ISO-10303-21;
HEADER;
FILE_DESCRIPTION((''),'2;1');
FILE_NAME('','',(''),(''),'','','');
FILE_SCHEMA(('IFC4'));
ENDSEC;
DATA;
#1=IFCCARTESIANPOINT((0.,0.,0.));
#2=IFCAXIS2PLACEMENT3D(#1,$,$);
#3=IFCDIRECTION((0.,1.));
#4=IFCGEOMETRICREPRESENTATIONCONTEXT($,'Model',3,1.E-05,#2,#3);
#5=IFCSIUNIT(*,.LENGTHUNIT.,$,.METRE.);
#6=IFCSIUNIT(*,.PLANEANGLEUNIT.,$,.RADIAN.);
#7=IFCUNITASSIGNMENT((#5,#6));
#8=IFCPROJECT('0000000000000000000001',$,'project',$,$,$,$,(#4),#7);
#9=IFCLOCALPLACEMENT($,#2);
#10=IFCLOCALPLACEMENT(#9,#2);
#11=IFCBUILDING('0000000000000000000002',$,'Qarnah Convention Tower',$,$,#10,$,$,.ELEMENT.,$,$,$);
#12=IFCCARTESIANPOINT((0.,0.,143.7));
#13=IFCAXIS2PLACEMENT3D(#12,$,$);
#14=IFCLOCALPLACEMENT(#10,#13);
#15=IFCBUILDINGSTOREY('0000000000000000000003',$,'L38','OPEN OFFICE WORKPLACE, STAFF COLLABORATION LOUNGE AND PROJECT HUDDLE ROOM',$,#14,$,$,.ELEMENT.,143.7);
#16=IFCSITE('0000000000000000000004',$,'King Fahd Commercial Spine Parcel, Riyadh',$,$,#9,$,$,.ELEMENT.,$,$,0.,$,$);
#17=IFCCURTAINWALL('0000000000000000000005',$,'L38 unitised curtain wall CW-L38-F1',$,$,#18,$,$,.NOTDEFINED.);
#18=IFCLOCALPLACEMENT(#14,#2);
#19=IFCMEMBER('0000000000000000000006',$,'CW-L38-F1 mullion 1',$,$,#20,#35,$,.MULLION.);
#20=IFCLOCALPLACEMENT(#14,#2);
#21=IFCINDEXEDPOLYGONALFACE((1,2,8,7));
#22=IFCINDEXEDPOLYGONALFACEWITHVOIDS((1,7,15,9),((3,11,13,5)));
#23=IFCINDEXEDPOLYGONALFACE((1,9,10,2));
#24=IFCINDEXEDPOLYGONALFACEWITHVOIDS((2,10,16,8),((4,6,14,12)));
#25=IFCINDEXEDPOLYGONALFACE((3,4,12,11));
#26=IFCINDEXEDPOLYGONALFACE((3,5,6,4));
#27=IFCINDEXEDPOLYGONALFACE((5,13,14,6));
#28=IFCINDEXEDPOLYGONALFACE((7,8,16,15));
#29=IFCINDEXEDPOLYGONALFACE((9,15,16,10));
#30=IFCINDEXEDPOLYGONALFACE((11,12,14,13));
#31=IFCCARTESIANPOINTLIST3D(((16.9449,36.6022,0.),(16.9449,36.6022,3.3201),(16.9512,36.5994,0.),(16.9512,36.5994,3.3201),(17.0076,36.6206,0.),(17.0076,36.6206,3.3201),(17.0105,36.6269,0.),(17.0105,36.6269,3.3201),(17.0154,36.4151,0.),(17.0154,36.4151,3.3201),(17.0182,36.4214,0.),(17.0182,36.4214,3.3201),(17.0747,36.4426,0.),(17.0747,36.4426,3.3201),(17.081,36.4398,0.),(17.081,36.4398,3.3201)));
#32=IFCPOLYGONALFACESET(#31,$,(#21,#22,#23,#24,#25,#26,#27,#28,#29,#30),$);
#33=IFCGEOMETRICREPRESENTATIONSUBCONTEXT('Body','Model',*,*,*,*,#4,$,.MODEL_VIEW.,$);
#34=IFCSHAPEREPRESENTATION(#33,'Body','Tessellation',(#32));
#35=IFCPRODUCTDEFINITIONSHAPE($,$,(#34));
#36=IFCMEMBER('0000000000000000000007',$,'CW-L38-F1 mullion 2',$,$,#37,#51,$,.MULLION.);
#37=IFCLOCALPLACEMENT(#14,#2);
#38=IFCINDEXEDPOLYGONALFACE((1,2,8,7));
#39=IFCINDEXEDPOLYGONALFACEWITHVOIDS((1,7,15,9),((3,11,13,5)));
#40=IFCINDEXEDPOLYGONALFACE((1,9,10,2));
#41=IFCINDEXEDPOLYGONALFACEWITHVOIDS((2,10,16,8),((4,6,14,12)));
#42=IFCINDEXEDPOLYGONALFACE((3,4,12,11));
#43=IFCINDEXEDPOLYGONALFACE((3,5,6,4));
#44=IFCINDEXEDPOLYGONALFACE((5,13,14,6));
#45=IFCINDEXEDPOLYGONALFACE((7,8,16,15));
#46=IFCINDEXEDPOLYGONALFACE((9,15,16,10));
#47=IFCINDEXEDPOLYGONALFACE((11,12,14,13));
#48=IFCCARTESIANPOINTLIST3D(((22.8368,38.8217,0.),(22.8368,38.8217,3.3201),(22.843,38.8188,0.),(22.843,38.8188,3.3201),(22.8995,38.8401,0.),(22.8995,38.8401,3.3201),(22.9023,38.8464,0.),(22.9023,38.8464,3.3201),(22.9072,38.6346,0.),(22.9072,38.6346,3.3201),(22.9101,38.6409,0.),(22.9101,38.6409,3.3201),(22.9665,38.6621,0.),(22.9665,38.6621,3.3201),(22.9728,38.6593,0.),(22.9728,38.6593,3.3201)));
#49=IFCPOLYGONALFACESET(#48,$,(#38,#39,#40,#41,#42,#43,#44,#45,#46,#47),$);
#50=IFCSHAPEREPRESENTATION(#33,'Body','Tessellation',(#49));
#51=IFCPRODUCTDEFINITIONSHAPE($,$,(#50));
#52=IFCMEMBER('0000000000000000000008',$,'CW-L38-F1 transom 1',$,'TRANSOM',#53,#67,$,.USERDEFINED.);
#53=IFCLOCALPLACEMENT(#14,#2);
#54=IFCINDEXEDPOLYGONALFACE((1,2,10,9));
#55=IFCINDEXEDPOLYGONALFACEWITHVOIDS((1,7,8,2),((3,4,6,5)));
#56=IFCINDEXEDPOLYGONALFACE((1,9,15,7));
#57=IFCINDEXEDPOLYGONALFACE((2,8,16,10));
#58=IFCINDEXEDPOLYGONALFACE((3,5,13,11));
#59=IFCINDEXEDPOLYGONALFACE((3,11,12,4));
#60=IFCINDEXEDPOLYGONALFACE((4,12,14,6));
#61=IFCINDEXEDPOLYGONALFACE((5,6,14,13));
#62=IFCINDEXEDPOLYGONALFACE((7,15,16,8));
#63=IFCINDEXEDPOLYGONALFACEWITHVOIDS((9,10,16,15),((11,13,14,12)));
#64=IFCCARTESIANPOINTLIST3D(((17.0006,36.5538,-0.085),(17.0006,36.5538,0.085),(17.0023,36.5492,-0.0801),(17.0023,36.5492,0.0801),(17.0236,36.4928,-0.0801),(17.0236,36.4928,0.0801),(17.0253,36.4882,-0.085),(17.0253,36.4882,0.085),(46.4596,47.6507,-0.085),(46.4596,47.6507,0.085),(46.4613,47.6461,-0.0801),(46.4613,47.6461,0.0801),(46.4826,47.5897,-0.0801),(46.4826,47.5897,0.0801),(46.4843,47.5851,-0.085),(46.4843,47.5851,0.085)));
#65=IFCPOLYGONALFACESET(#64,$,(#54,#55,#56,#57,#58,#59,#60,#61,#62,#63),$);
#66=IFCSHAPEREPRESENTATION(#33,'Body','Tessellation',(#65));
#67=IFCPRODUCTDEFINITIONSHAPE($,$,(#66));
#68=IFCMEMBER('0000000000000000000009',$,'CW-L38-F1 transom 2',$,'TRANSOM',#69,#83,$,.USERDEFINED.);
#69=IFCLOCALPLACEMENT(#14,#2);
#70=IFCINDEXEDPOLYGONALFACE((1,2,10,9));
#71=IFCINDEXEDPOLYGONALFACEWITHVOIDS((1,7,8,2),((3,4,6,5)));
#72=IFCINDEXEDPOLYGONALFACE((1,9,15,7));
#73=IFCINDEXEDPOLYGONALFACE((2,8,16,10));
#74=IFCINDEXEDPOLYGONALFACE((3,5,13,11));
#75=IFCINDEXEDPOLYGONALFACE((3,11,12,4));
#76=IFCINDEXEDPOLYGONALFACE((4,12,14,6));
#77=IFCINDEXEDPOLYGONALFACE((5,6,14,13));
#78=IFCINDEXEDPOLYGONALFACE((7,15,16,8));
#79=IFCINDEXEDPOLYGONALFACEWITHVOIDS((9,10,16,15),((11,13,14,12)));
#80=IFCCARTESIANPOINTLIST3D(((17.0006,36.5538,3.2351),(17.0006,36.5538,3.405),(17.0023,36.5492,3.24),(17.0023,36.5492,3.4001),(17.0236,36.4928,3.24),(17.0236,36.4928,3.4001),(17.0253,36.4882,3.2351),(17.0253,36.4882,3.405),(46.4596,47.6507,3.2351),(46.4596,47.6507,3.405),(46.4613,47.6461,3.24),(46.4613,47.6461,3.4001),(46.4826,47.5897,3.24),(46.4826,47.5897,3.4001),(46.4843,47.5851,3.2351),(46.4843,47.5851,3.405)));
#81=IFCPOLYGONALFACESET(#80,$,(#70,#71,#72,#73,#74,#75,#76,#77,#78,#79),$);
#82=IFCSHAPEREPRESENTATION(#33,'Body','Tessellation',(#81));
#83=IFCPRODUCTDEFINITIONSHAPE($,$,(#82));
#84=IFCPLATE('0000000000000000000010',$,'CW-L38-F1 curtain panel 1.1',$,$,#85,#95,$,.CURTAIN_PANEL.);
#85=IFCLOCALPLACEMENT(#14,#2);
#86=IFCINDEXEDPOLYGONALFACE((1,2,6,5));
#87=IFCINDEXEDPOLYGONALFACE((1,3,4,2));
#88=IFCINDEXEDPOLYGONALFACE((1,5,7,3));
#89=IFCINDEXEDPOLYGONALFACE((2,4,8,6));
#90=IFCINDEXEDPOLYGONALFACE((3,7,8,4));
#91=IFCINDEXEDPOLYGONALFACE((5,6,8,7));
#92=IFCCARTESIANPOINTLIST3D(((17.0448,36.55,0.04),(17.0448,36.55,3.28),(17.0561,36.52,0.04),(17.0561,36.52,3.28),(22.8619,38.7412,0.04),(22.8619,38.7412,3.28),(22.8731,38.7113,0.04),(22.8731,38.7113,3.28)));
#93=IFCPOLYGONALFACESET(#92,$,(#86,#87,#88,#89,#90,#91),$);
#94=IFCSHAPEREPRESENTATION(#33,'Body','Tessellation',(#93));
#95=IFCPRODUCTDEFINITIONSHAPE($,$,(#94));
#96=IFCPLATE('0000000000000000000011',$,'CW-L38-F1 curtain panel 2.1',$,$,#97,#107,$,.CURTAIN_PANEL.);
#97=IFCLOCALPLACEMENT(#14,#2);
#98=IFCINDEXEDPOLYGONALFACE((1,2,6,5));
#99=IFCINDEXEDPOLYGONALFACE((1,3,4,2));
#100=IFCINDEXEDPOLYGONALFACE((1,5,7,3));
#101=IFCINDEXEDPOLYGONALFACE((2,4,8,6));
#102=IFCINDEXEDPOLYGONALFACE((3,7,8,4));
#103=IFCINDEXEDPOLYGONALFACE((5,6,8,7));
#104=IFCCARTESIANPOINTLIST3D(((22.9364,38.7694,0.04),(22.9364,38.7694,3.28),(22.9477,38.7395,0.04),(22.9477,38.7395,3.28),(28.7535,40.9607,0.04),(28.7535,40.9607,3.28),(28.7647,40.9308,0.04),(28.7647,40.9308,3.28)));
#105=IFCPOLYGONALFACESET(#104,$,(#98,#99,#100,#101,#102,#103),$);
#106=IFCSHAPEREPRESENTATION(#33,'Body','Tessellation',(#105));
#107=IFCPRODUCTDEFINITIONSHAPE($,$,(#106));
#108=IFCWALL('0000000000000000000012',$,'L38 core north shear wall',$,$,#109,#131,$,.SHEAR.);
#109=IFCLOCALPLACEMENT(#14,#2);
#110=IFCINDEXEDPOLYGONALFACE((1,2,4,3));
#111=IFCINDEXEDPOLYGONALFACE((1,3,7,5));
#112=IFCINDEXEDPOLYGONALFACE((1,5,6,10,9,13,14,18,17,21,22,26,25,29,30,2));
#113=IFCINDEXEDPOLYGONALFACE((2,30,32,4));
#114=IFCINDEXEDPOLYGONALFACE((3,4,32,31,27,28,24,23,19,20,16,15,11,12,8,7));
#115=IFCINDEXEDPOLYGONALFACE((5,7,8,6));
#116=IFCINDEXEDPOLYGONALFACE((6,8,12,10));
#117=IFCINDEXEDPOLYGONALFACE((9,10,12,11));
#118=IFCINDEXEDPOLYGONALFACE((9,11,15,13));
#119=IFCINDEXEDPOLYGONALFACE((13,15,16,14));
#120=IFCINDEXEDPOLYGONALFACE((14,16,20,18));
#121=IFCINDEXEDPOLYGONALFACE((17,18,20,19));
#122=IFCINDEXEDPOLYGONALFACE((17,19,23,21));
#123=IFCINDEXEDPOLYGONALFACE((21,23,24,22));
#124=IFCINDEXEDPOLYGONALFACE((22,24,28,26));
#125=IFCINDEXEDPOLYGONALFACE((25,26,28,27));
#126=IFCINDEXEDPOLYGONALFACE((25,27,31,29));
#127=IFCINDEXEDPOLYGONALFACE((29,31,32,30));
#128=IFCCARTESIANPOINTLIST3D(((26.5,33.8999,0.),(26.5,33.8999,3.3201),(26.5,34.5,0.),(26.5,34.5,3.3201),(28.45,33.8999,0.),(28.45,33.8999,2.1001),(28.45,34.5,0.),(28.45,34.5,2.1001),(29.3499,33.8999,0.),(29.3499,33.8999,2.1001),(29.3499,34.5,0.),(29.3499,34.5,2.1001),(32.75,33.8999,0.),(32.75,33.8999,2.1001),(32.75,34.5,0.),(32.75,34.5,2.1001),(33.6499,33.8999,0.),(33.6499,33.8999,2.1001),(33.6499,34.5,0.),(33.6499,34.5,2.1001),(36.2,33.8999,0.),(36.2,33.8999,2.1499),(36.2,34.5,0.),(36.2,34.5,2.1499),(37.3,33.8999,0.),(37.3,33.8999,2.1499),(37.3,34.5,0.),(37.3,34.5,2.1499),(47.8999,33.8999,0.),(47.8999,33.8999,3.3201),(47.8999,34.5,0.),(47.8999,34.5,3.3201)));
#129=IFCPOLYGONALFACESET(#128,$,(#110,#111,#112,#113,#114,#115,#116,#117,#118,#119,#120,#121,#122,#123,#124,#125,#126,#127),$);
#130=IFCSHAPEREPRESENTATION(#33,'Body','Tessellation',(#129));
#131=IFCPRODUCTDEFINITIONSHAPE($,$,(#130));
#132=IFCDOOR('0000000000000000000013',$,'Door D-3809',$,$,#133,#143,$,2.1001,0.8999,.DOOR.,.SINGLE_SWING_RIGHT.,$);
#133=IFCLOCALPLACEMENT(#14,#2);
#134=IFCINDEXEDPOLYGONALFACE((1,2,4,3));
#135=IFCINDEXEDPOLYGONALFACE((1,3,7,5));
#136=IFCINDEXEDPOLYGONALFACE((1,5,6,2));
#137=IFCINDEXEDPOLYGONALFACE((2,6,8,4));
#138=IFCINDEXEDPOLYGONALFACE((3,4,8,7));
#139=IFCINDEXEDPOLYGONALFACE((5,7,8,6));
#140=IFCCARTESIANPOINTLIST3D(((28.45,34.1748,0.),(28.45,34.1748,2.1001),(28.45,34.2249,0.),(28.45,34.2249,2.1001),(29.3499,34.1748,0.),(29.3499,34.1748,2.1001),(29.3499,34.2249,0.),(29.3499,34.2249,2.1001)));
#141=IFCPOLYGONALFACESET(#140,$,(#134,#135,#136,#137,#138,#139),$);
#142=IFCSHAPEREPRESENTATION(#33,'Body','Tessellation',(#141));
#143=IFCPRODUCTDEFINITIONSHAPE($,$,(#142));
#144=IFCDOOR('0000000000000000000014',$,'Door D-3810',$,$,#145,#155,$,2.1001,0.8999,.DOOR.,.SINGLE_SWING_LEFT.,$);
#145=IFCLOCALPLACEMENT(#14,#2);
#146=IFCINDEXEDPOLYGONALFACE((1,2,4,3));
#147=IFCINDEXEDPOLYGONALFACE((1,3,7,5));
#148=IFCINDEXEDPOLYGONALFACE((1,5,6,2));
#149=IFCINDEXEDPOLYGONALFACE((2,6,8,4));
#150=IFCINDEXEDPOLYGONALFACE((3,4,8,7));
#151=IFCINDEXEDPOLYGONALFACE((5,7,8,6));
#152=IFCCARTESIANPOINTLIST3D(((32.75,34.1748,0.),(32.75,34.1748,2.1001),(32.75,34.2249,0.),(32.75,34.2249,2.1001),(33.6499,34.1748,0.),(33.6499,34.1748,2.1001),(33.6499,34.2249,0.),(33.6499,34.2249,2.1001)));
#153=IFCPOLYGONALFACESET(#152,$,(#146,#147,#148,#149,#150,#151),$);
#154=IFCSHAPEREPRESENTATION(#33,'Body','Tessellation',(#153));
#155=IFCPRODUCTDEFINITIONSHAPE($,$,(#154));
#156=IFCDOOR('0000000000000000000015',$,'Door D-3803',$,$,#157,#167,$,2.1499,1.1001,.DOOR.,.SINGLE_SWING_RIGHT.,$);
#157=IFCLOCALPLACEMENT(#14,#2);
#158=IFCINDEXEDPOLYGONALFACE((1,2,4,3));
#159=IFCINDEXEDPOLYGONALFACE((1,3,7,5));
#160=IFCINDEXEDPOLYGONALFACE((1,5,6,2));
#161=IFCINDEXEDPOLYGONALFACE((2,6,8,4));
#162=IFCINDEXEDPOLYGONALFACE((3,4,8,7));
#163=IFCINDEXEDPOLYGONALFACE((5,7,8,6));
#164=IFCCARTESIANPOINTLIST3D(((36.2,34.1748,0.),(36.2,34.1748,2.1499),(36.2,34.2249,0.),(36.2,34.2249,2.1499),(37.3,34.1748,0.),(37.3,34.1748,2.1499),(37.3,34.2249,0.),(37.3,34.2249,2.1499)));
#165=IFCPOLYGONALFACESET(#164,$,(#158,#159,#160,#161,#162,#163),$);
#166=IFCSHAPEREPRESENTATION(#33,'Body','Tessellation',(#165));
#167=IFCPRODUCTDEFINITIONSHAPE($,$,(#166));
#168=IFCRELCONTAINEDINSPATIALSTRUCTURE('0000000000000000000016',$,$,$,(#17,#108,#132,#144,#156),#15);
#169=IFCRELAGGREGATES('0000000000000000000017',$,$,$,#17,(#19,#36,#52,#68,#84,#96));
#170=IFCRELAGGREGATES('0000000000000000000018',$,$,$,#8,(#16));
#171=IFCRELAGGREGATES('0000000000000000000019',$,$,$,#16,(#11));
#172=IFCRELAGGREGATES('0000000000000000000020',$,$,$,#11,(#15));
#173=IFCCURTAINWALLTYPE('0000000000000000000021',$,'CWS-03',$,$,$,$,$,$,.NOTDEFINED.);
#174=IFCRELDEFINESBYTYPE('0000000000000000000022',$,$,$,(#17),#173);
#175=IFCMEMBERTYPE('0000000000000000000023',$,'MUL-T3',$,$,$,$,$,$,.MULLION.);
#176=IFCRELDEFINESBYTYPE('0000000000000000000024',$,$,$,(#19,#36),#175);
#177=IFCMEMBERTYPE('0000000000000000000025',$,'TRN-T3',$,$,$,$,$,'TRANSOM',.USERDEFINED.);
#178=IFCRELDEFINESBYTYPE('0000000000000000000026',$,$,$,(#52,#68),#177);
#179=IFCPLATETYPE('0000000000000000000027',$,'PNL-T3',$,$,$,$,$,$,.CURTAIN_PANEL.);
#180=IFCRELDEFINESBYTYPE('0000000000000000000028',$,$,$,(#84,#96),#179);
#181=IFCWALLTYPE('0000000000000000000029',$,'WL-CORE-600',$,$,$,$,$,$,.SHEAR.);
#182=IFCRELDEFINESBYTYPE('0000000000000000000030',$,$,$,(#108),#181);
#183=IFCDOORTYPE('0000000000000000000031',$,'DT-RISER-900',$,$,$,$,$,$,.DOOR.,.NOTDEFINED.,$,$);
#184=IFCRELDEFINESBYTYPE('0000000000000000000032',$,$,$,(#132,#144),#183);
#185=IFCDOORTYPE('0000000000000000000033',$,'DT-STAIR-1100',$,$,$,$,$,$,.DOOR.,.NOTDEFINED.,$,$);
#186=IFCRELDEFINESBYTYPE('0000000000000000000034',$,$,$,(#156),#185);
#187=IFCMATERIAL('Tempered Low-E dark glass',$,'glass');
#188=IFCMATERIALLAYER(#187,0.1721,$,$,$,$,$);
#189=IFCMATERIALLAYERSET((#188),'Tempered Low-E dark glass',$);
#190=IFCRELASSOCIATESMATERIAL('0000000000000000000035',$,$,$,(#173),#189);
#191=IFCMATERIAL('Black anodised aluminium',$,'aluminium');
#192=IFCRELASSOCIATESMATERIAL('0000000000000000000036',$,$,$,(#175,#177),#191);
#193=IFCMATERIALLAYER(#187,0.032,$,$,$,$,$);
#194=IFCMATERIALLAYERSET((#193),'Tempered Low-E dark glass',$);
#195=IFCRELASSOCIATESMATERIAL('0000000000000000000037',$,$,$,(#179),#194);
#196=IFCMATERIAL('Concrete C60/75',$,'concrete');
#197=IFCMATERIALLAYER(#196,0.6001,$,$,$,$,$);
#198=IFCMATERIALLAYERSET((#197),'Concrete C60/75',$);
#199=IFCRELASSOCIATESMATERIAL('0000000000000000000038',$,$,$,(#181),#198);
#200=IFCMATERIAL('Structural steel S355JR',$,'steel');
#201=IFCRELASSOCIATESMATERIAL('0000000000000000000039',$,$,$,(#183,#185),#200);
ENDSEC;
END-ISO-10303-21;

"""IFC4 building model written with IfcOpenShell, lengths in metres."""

from ifc_helpers import new_model, si_unit, direction, frame, frame_2d, origin, origin_2d, place, context, subcontext, project, spatial, rectangle, hollow_rectangle, extrude, material, layer, layer_set, material_profile, profile_set, type_object, element, fill, aggregate, save


model = new_model("IFC4")

# Units and contexts
model_context = context("Model", 3, precision=1e-05, world=origin(), true_north=direction((0.0, 1.0)))
body_context = subcontext(model_context, "Body", "Model", "MODEL_VIEW")
ifc_project = project(units=[si_unit("LENGTHUNIT", "METRE"), si_unit("PLANEANGLEUNIT", "RADIAN")], contexts=[model_context])

# Site, building, storey
site_placement = place(None, origin())
site = spatial("IfcSite", under=ifc_project, at=site_placement, Name="King Fahd Commercial Spine Parcel, Riyadh", CompositionType="ELEMENT", RefElevation=0.0)
building_placement = place(site_placement, origin())
building = spatial("IfcBuilding", under=site, at=building_placement, Name="Qarnah Convention Tower", CompositionType="ELEMENT")
storey_placement = place(building_placement, frame((0.0, 0.0, 143.7)))
storey = spatial("IfcBuildingStorey", under=building, at=storey_placement, Name="L38", Description="OPEN OFFICE WORKPLACE, STAFF COLLABORATION LOUNGE AND PROJECT HUDDLE ROOM", CompositionType="ELEMENT", Elevation=143.7)

# Shared definitions
ifc_material_1 = material(Name="Concrete C60/75", Category="concrete")

# Shared definitions
ifc_material_2 = material(Name="Structural steel S355JR", Category="steel")

# Curtain wall, members, plates
ifc_material_3 = material(Name="Tempered Low-E dark glass", Category="glass")
ifc_layer_1 = layer(ifc_material_3, 0.1721)
ifc_layer_set_1 = layer_set([ifc_layer_1], Name="Tempered Low-E dark glass")
curtain_wall_type = type_object("IfcCurtainWallType", Name="CWS-03", PredefinedType="NOTDEFINED", material=ifc_layer_set_1)
curtain_wall_placement = place(storey_placement, origin())
curtain_wall = element("IfcCurtainWall", 1, at=curtain_wall_placement, inside=storey, type_object=curtain_wall_type, Name="L38 unitised curtain wall CW-L38-F1", PredefinedType="NOTDEFINED")
ifc_material_4 = material(Name="Black anodised aluminium", Category="aluminium")
ifc_material_profile_1 = material_profile(ifc_material_4, hollow_rectangle(XDim=0.0701, YDim=0.2, WallThickness=0.0049, at=origin_2d()), Name="MUL-70X200")
ifc_profile_set_1 = profile_set([ifc_material_profile_1], Name="Black anodised aluminium")
member_type_1 = type_object("IfcMemberType", Name="MUL-T3", PredefinedType="MULLION", material=ifc_profile_set_1)
member_1_placement = place(storey_placement, frame((17.0129, 36.521, 0.0), z_axis=(0.0, 0.0, 1.0), x_axis=(0.935807, 0.352512, 0.0)))
member_1 = element("IfcMember", 2, at=member_1_placement, type_object=member_type_1, Name="CW-L38-F1 mullion 1", PredefinedType="MULLION", context=body_context, shape_type="SweptSolid", body=[
    extrude(hollow_rectangle(XDim=0.0701, YDim=0.2, WallThickness=0.0049, at=origin_2d()), origin(), (0.0, 0.0, 1.0), 3.3201),
])
member_2_placement = place(storey_placement, frame((22.9048, 38.7405, 0.0), z_axis=(0.0, 0.0, 1.0), x_axis=(0.935807, 0.352512, 0.0)))
member_2 = element("IfcMember", 3, at=member_2_placement, type_object=member_type_1, Name="CW-L38-F1 mullion 2", PredefinedType="MULLION", context=body_context, shape_type="SweptSolid", body=[
    extrude(hollow_rectangle(XDim=0.0701, YDim=0.2, WallThickness=0.0049, at=origin_2d()), origin(), (0.0, 0.0, 1.0), 3.3201),
])
ifc_material_profile_2 = material_profile(ifc_material_4, hollow_rectangle(XDim=0.0701, YDim=0.1699, WallThickness=0.0049, at=origin_2d()), Name="TRN-70X170")
ifc_profile_set_2 = profile_set([ifc_material_profile_2], Name="Black anodised aluminium")
member_type_2 = type_object("IfcMemberType", Name="TRN-T3", ElementType="TRANSOM", PredefinedType="USERDEFINED", material=ifc_profile_set_2)
member_3_placement = place(storey_placement, frame((17.0129, 36.521, 0.0), z_axis=(0.935808, 0.35251, 0.0), x_axis=(-0.35251, 0.935808, 0.0)))
member_3 = element("IfcMember", 4, at=member_3_placement, type_object=member_type_2, Name="CW-L38-F1 transom 1", ObjectType="TRANSOM", PredefinedType="USERDEFINED", context=body_context, shape_type="SweptSolid", body=[
    extrude(hollow_rectangle(XDim=0.0701, YDim=0.1699, WallThickness=0.0049, at=origin_2d()), origin(), (0.0, 0.0, 1.0), 31.4797),
])
member_4_placement = place(storey_placement, frame((17.0129, 36.521, 3.3201), z_axis=(0.935808, 0.35251, 0.0), x_axis=(-0.35251, 0.935808, 0.0)))
member_4 = element("IfcMember", 5, at=member_4_placement, type_object=member_type_2, Name="CW-L38-F1 transom 2", ObjectType="TRANSOM", PredefinedType="USERDEFINED", context=body_context, shape_type="SweptSolid", body=[
    extrude(hollow_rectangle(XDim=0.0701, YDim=0.1699, WallThickness=0.0049, at=origin_2d()), origin(), (0.0, 0.0, 1.0), 31.4797),
])
ifc_layer_2 = layer(ifc_material_3, 0.032)
ifc_layer_set_2 = layer_set([ifc_layer_2], Name="Tempered Low-E dark glass")
plate_type = type_object("IfcPlateType", Name="PNL-T3", PredefinedType="CURTAIN_PANEL", material=ifc_layer_set_2)
plate_1_placement = place(storey_placement, frame((19.959, 37.6306, 0.04), z_axis=(0.0, 0.0, 1.0), x_axis=(0.935807, 0.352512, 0.0)))
plate_1 = element("IfcPlate", 6, at=plate_1_placement, type_object=plate_type, Name="CW-L38-F1 curtain panel 1.1", PredefinedType="CURTAIN_PANEL", context=body_context, shape_type="SweptSolid", body=[
    extrude(rectangle(XDim=6.2161, YDim=0.032, at=origin_2d()), origin(), (0.0, 0.0, 1.0), 3.24),
])
plate_2_placement = place(storey_placement, frame((25.8506, 39.8501, 0.04), z_axis=(0.0, 0.0, 1.0), x_axis=(0.935807, 0.352512, 0.0)))
plate_2 = element("IfcPlate", 7, at=plate_2_placement, type_object=plate_type, Name="CW-L38-F1 curtain panel 2.1", PredefinedType="CURTAIN_PANEL", context=body_context, shape_type="SweptSolid", body=[
    extrude(rectangle(XDim=6.2161, YDim=0.032, at=origin_2d()), origin(), (0.0, 0.0, 1.0), 3.24),
])
aggregate(curtain_wall, [member_1, member_2, member_3, member_4, plate_1, plate_2])

# Wall, openings, doors
ifc_layer_3 = layer(ifc_material_1, 0.6001)
ifc_layer_set_3 = layer_set([ifc_layer_3], Name="Concrete C60/75")
wall_type_1 = type_object("IfcWallType", Name="WL-CORE-600", PredefinedType="SHEAR", material=ifc_layer_set_3)
wall_1_placement = place(storey_placement, frame((26.5, 34.2, 0.0), z_axis=(0.0, 0.0, 1.0), x_axis=(1.0, 0.0, 0.0)))
wall_1 = element("IfcWall", 8, at=wall_1_placement, inside=storey, type_object=wall_type_1, Name="L38 core north shear wall", PredefinedType="SHEAR", context=body_context, shape_type="SweptSolid", body=[
    extrude(rectangle(XDim=21.3999, YDim=0.6001, at=frame_2d((10.7, 0.0))), origin(), (0.0, 0.0, 1.0), 3.3201),
])
opening_1_placement = place(wall_1_placement, frame((9.7, 0.0, 0.0)))
opening_1 = element("IfcOpeningElement", 9, at=opening_1_placement, cuts=wall_1, PredefinedType="OPENING", context=body_context, shape_type="SweptSolid", body=[
    extrude(rectangle(XDim=1.1001, YDim=2.1499, at=frame_2d((0.55, 1.075))), frame((0.0, 0.3101, 0.0), z_axis=(0.0, -1.0, 0.0), x_axis=(1.0, 0.0, 0.0)), (0.0, 0.0, 1.0), 0.6201),
])
opening_2_placement = place(wall_1_placement, frame((1.95, 0.0, 0.0)))
opening_2 = element("IfcOpeningElement", 10, at=opening_2_placement, cuts=wall_1, PredefinedType="OPENING", context=body_context, shape_type="SweptSolid", body=[
    extrude(rectangle(XDim=0.8999, YDim=2.1001, at=frame_2d((0.45, 1.05))), frame((0.0, 0.3101, 0.0), z_axis=(0.0, -1.0, 0.0), x_axis=(1.0, 0.0, 0.0)), (0.0, 0.0, 1.0), 0.6201),
])
opening_3_placement = place(wall_1_placement, frame((6.25, 0.0, 0.0)))
opening_3 = element("IfcOpeningElement", 11, at=opening_3_placement, cuts=wall_1, PredefinedType="OPENING", context=body_context, shape_type="SweptSolid", body=[
    extrude(rectangle(XDim=0.8999, YDim=2.1001, at=frame_2d((0.45, 1.05))), frame((0.0, 0.3101, 0.0), z_axis=(0.0, -1.0, 0.0), x_axis=(1.0, 0.0, 0.0)), (0.0, 0.0, 1.0), 0.6201),
])
door_type_1 = type_object("IfcDoorType", Name="DT-RISER-900", OperationType="NOTDEFINED", PredefinedType="DOOR", material=ifc_material_2)
door_1_placement = place(opening_2_placement, origin())
door_1 = element("IfcDoor", 12, at=door_1_placement, inside=storey, type_object=door_type_1, Name="Door D-3809", OperationType="SINGLE_SWING_RIGHT", OverallHeight=2.1001, OverallWidth=0.8999, PredefinedType="DOOR", context=body_context, shape_type="SweptSolid", body=[
    extrude(rectangle(XDim=0.8999, YDim=2.1001, at=frame_2d((0.45, 1.05))), frame((0.0, 0.0249, 0.0), z_axis=(0.0, -1.0, 0.0), x_axis=(1.0, 0.0, 0.0)), (0.0, 0.0, 1.0), 0.05),
])
fill(opening_2, door_1)
door_2_placement = place(opening_3_placement, origin())
door_2 = element("IfcDoor", 13, at=door_2_placement, inside=storey, type_object=door_type_1, Name="Door D-3810", OperationType="SINGLE_SWING_LEFT", OverallHeight=2.1001, OverallWidth=0.8999, PredefinedType="DOOR", context=body_context, shape_type="SweptSolid", body=[
    extrude(rectangle(XDim=0.8999, YDim=2.1001, at=frame_2d((0.45, 1.05))), frame((0.0, 0.0249, 0.0), z_axis=(0.0, -1.0, 0.0), x_axis=(1.0, 0.0, 0.0)), (0.0, 0.0, 1.0), 0.05),
])
fill(opening_3, door_2)
door_type_2 = type_object("IfcDoorType", Name="DT-STAIR-1100", OperationType="NOTDEFINED", PredefinedType="DOOR", material=ifc_material_2)
door_3_placement = place(opening_1_placement, origin())
door_3 = element("IfcDoor", 14, at=door_3_placement, inside=storey, type_object=door_type_2, Name="Door D-3803", OperationType="SINGLE_SWING_RIGHT", OverallHeight=2.1499, OverallWidth=1.1001, PredefinedType="DOOR", context=body_context, shape_type="SweptSolid", body=[
    extrude(rectangle(XDim=1.1001, YDim=2.1499, at=frame_2d((0.55, 1.075))), frame((0.0, 0.0249, 0.0), z_axis=(0.0, -1.0, 0.0), x_axis=(1.0, 0.0, 0.0)), (0.0, 0.0, 1.0), 0.05),
])
fill(opening_1, door_3)

save(model, "model.ifc")
